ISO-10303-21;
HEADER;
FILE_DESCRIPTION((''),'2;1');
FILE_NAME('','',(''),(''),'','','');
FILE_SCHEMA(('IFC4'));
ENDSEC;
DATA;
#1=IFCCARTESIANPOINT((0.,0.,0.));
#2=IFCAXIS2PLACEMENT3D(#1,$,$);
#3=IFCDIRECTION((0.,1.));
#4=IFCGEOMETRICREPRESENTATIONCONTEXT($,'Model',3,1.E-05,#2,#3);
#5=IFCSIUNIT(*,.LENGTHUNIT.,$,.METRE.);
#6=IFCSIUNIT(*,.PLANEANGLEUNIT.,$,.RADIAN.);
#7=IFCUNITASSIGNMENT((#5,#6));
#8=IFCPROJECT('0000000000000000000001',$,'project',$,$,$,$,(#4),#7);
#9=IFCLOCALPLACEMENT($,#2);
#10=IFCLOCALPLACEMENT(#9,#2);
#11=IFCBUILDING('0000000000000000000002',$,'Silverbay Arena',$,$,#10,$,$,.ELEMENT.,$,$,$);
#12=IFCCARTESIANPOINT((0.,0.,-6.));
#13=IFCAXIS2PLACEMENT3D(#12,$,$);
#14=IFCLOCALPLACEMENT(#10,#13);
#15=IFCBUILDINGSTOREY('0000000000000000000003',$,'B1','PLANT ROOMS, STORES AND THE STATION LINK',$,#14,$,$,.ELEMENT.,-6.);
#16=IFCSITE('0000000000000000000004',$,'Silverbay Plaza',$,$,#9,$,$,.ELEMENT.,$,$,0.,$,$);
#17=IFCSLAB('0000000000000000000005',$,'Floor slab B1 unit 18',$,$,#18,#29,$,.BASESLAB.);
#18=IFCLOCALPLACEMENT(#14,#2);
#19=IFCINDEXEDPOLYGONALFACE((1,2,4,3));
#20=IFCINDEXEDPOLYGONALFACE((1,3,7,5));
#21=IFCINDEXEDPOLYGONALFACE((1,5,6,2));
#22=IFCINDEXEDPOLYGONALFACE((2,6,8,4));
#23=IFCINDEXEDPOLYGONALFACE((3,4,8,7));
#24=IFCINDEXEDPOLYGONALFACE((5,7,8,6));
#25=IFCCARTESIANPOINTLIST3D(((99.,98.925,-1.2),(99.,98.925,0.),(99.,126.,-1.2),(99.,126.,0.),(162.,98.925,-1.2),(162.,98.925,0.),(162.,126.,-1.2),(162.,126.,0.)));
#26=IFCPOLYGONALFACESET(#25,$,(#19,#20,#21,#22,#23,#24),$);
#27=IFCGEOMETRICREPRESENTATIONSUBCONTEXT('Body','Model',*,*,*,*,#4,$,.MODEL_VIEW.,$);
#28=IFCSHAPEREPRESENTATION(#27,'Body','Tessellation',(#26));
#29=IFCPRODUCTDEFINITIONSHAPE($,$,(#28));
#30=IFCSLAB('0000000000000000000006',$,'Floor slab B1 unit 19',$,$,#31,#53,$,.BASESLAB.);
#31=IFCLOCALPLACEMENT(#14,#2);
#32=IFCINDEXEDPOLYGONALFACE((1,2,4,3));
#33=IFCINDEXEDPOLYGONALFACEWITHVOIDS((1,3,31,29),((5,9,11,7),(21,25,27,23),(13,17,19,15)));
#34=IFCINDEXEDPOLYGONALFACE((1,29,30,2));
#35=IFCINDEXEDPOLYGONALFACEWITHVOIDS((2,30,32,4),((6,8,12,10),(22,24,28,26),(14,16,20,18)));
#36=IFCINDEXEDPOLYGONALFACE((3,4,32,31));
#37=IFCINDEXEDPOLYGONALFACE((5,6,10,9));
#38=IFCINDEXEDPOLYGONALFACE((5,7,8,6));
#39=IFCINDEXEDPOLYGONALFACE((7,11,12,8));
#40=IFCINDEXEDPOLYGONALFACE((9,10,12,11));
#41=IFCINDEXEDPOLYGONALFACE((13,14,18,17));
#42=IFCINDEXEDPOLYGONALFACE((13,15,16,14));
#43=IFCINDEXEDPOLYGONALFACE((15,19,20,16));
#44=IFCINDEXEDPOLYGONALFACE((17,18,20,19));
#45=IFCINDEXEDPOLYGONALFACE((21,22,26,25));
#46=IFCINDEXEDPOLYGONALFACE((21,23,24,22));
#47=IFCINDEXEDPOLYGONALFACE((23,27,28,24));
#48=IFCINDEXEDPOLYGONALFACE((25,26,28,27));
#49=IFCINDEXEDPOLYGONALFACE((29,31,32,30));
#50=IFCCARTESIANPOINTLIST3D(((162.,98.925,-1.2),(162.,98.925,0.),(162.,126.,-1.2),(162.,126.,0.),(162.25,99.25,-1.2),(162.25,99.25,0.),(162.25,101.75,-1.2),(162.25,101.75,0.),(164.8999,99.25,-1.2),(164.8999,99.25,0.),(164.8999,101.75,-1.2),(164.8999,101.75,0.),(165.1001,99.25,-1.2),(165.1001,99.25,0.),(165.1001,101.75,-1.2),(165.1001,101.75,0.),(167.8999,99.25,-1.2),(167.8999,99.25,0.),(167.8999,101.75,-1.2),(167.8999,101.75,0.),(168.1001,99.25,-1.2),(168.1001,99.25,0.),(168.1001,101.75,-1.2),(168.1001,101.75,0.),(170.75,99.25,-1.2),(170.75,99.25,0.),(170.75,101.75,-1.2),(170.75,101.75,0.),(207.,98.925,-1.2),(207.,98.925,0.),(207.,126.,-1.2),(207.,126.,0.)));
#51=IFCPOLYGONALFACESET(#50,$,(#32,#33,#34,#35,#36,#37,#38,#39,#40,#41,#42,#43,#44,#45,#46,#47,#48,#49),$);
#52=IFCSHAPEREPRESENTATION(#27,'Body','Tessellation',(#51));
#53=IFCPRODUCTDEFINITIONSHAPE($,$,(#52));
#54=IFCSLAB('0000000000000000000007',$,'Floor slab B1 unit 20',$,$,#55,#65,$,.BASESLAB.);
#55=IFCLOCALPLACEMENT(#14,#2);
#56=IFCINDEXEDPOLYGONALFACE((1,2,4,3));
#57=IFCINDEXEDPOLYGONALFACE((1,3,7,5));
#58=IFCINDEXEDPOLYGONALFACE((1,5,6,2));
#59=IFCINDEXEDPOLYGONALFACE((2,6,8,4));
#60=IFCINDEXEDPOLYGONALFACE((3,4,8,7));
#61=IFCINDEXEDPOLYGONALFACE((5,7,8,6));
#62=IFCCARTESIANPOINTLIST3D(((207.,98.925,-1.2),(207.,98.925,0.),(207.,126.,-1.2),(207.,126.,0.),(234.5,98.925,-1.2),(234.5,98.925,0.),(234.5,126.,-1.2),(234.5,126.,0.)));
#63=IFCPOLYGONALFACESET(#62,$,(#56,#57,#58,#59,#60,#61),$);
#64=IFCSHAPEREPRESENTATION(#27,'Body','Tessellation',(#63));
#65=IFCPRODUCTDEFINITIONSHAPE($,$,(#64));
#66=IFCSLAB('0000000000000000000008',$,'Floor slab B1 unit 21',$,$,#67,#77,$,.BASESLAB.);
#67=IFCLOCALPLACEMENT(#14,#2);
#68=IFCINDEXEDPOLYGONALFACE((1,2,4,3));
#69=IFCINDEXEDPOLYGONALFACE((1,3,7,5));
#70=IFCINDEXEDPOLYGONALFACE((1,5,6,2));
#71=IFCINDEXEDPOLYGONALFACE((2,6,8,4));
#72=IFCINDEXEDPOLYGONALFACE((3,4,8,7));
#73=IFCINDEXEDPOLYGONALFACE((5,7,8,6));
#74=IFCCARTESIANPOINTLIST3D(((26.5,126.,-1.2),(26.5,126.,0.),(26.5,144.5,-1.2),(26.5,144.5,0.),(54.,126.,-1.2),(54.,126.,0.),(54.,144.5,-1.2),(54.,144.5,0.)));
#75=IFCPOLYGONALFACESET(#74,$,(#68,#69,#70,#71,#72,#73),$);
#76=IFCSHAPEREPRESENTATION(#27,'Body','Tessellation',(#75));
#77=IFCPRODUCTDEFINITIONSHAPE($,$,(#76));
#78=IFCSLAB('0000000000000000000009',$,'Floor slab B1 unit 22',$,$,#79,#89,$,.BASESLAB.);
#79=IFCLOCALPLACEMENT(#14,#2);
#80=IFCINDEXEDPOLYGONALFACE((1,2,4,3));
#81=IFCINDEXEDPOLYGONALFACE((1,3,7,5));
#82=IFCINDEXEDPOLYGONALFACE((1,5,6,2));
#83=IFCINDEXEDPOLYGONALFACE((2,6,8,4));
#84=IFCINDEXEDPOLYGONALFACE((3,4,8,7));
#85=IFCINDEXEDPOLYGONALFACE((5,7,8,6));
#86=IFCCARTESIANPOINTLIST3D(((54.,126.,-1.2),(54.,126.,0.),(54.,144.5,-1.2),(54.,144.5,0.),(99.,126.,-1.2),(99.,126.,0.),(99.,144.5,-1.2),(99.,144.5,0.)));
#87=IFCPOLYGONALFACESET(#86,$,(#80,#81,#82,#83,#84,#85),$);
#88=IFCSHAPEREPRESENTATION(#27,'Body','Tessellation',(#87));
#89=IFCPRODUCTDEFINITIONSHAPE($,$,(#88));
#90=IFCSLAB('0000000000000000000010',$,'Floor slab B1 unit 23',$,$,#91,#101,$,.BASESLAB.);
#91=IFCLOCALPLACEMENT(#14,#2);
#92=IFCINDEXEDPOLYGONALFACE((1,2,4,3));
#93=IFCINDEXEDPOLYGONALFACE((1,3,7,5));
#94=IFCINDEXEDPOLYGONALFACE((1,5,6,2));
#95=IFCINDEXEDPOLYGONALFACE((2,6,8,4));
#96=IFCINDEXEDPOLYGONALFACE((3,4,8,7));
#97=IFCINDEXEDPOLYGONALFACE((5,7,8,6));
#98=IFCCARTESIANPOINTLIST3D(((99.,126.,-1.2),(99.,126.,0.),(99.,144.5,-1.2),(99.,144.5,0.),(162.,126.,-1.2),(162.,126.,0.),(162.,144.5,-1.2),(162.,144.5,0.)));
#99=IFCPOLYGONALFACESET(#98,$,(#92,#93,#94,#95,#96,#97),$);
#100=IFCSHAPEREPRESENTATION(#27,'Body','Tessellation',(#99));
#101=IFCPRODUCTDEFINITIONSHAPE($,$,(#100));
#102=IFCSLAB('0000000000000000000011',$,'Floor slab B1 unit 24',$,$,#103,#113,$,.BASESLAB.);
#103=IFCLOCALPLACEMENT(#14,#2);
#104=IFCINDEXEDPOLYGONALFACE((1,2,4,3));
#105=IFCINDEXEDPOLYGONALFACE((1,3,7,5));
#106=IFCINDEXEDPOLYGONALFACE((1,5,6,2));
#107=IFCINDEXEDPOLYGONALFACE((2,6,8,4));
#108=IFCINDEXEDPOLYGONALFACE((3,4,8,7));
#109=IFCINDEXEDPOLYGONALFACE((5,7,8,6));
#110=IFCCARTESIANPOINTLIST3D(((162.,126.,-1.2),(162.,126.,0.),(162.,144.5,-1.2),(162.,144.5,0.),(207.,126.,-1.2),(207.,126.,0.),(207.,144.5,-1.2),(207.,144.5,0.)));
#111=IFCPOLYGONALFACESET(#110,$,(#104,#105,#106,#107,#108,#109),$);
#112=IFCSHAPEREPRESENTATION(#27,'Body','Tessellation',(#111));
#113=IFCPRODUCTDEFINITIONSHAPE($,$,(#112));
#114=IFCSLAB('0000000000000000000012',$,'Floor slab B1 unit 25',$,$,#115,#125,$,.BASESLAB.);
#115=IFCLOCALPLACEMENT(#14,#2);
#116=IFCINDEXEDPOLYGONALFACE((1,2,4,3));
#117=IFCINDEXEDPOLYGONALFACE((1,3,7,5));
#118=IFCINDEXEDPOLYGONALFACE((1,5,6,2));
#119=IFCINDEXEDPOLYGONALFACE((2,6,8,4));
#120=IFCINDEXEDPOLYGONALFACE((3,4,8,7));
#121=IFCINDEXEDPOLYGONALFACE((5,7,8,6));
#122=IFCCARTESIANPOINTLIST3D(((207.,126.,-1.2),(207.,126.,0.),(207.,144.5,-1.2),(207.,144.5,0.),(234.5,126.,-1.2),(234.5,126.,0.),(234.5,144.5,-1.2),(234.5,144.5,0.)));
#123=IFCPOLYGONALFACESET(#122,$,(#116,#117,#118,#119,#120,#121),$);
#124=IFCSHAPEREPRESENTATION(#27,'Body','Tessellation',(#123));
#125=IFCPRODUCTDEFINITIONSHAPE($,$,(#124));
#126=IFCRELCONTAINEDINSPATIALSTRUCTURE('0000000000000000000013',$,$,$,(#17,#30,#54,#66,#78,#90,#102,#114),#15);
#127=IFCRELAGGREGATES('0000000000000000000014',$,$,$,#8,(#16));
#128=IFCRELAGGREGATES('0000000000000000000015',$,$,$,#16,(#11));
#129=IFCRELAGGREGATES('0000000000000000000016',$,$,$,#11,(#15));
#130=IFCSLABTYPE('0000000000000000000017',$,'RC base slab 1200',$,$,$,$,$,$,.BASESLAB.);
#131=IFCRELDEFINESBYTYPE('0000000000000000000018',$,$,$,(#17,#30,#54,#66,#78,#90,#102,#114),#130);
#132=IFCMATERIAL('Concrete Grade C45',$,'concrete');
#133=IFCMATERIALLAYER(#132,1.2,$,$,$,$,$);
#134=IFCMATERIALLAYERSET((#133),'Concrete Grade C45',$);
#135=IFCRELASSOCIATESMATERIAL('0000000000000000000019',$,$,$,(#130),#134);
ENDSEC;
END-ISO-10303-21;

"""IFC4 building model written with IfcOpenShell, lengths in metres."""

from ifc_helpers import new_model, si_unit, direction, frame, origin, place, context, subcontext, project, spatial, polyline, outline, extrude, material, layer, layer_set, type_object, element, save


model = new_model("IFC4")

# Units and contexts
model_context = context("Model", 3, precision=1e-05, world=origin(), true_north=direction((0.0, 1.0)))
body_context = subcontext(model_context, "Body", "Model", "MODEL_VIEW")
ifc_project = project(units=[si_unit("LENGTHUNIT", "METRE"), si_unit("PLANEANGLEUNIT", "RADIAN")], contexts=[model_context])

# Site, building, storey
site_placement = place(None, origin())
site = spatial("IfcSite", under=ifc_project, at=site_placement, Name="Silverbay Plaza", CompositionType="ELEMENT", RefElevation=0.0)
building_placement = place(site_placement, origin())
building = spatial("IfcBuilding", under=site, at=building_placement, Name="Silverbay Arena", CompositionType="ELEMENT")
storey_placement = place(building_placement, frame((0.0, 0.0, -6.0)))
storey = spatial("IfcBuildingStorey", under=building, at=storey_placement, Name="B1", Description="PLANT ROOMS, STORES AND THE STATION LINK", CompositionType="ELEMENT", Elevation=-6.0)

# Slabs
ifc_material = material(Name="Concrete Grade C45", Category="concrete")
ifc_layer = layer(ifc_material, 1.2)
ifc_layer_set = layer_set([ifc_layer], Name="Concrete Grade C45")
slab_type = type_object("IfcSlabType", Name="RC base slab 1200", PredefinedType="BASESLAB", material=ifc_layer_set)
slab_1_placement = place(storey_placement, frame((0.0, 0.0, -1.2)))
element("IfcSlab", 1, at=slab_1_placement, inside=storey, type_object=slab_type, Name="Floor slab B1 unit 18", PredefinedType="BASESLAB", context=body_context, shape_type="SweptSolid", body=[
    extrude(outline(polyline([(162.0, 126.0), (162.0, 98.925), (99.0, 98.925), (99.0, 126.0), (162.0, 126.0)])), origin(), (0.0, 0.0, 1.0), 1.2),
])
slab_2_placement = place(storey_placement, frame((0.0, 0.0, -1.2)))
element("IfcSlab", 2, at=slab_2_placement, inside=storey, type_object=slab_type, Name="Floor slab B1 unit 19", PredefinedType="BASESLAB", context=body_context, shape_type="SweptSolid", body=[
    extrude(outline(polyline([(207.0, 126.0), (207.0, 98.925), (162.0, 98.925), (162.0, 126.0), (207.0, 126.0)]), holes=[polyline([(170.75, 101.75), (168.1001, 101.75), (168.1001, 99.25), (170.75, 99.25), (170.75, 101.75)]), polyline([(167.8999, 101.75), (165.1001, 101.75), (165.1001, 99.25), (167.8999, 99.25), (167.8999, 101.75)]), polyline([(162.25, 101.75), (162.25, 99.25), (164.8999, 99.25), (164.8999, 101.75), (162.25, 101.75)])]), origin(), (0.0, 0.0, 1.0), 1.2),
])
slab_3_placement = place(storey_placement, frame((0.0, 0.0, -1.2)))
element("IfcSlab", 3, at=slab_3_placement, inside=storey, type_object=slab_type, Name="Floor slab B1 unit 20", PredefinedType="BASESLAB", context=body_context, shape_type="SweptSolid", body=[
    extrude(outline(polyline([(207.0, 126.0), (234.5, 126.0), (234.5, 98.925), (207.0, 98.925), (207.0, 126.0)])), origin(), (0.0, 0.0, 1.0), 1.2),
])
slab_4_placement = place(storey_placement, frame((0.0, 0.0, -1.2)))
element("IfcSlab", 4, at=slab_4_placement, inside=storey, type_object=slab_type, Name="Floor slab B1 unit 21", PredefinedType="BASESLAB", context=body_context, shape_type="SweptSolid", body=[
    extrude(outline(polyline([(26.5, 126.0), (26.5, 144.5), (54.0, 144.5), (54.0, 126.0), (26.5, 126.0)])), origin(), (0.0, 0.0, 1.0), 1.2),
])
slab_5_placement = place(storey_placement, frame((0.0, 0.0, -1.2)))
element("IfcSlab", 5, at=slab_5_placement, inside=storey, type_object=slab_type, Name="Floor slab B1 unit 22", PredefinedType="BASESLAB", context=body_context, shape_type="SweptSolid", body=[
    extrude(outline(polyline([(54.0, 126.0), (54.0, 144.5), (99.0, 144.5), (99.0, 126.0), (54.0, 126.0)])), origin(), (0.0, 0.0, 1.0), 1.2),
])
slab_6_placement = place(storey_placement, frame((0.0, 0.0, -1.2)))
element("IfcSlab", 6, at=slab_6_placement, inside=storey, type_object=slab_type, Name="Floor slab B1 unit 23", PredefinedType="BASESLAB", context=body_context, shape_type="SweptSolid", body=[
    extrude(outline(polyline([(99.0, 126.0), (99.0, 144.5), (162.0, 144.5), (162.0, 126.0), (99.0, 126.0)])), origin(), (0.0, 0.0, 1.0), 1.2),
])
slab_7_placement = place(storey_placement, frame((0.0, 0.0, -1.2)))
element("IfcSlab", 7, at=slab_7_placement, inside=storey, type_object=slab_type, Name="Floor slab B1 unit 24", PredefinedType="BASESLAB", context=body_context, shape_type="SweptSolid", body=[
    extrude(outline(polyline([(162.0, 126.0), (162.0, 144.5), (207.0, 144.5), (207.0, 126.0), (162.0, 126.0)])), origin(), (0.0, 0.0, 1.0), 1.2),
])
slab_8_placement = place(storey_placement, frame((0.0, 0.0, -1.2)))
element("IfcSlab", 8, at=slab_8_placement, inside=storey, type_object=slab_type, Name="Floor slab B1 unit 25", PredefinedType="BASESLAB", context=body_context, shape_type="SweptSolid", body=[
    extrude(outline(polyline([(207.0, 144.5), (234.5, 144.5), (234.5, 126.0), (207.0, 126.0), (207.0, 144.5)])), origin(), (0.0, 0.0, 1.0), 1.2),
])

save(model, "model.ifc")
